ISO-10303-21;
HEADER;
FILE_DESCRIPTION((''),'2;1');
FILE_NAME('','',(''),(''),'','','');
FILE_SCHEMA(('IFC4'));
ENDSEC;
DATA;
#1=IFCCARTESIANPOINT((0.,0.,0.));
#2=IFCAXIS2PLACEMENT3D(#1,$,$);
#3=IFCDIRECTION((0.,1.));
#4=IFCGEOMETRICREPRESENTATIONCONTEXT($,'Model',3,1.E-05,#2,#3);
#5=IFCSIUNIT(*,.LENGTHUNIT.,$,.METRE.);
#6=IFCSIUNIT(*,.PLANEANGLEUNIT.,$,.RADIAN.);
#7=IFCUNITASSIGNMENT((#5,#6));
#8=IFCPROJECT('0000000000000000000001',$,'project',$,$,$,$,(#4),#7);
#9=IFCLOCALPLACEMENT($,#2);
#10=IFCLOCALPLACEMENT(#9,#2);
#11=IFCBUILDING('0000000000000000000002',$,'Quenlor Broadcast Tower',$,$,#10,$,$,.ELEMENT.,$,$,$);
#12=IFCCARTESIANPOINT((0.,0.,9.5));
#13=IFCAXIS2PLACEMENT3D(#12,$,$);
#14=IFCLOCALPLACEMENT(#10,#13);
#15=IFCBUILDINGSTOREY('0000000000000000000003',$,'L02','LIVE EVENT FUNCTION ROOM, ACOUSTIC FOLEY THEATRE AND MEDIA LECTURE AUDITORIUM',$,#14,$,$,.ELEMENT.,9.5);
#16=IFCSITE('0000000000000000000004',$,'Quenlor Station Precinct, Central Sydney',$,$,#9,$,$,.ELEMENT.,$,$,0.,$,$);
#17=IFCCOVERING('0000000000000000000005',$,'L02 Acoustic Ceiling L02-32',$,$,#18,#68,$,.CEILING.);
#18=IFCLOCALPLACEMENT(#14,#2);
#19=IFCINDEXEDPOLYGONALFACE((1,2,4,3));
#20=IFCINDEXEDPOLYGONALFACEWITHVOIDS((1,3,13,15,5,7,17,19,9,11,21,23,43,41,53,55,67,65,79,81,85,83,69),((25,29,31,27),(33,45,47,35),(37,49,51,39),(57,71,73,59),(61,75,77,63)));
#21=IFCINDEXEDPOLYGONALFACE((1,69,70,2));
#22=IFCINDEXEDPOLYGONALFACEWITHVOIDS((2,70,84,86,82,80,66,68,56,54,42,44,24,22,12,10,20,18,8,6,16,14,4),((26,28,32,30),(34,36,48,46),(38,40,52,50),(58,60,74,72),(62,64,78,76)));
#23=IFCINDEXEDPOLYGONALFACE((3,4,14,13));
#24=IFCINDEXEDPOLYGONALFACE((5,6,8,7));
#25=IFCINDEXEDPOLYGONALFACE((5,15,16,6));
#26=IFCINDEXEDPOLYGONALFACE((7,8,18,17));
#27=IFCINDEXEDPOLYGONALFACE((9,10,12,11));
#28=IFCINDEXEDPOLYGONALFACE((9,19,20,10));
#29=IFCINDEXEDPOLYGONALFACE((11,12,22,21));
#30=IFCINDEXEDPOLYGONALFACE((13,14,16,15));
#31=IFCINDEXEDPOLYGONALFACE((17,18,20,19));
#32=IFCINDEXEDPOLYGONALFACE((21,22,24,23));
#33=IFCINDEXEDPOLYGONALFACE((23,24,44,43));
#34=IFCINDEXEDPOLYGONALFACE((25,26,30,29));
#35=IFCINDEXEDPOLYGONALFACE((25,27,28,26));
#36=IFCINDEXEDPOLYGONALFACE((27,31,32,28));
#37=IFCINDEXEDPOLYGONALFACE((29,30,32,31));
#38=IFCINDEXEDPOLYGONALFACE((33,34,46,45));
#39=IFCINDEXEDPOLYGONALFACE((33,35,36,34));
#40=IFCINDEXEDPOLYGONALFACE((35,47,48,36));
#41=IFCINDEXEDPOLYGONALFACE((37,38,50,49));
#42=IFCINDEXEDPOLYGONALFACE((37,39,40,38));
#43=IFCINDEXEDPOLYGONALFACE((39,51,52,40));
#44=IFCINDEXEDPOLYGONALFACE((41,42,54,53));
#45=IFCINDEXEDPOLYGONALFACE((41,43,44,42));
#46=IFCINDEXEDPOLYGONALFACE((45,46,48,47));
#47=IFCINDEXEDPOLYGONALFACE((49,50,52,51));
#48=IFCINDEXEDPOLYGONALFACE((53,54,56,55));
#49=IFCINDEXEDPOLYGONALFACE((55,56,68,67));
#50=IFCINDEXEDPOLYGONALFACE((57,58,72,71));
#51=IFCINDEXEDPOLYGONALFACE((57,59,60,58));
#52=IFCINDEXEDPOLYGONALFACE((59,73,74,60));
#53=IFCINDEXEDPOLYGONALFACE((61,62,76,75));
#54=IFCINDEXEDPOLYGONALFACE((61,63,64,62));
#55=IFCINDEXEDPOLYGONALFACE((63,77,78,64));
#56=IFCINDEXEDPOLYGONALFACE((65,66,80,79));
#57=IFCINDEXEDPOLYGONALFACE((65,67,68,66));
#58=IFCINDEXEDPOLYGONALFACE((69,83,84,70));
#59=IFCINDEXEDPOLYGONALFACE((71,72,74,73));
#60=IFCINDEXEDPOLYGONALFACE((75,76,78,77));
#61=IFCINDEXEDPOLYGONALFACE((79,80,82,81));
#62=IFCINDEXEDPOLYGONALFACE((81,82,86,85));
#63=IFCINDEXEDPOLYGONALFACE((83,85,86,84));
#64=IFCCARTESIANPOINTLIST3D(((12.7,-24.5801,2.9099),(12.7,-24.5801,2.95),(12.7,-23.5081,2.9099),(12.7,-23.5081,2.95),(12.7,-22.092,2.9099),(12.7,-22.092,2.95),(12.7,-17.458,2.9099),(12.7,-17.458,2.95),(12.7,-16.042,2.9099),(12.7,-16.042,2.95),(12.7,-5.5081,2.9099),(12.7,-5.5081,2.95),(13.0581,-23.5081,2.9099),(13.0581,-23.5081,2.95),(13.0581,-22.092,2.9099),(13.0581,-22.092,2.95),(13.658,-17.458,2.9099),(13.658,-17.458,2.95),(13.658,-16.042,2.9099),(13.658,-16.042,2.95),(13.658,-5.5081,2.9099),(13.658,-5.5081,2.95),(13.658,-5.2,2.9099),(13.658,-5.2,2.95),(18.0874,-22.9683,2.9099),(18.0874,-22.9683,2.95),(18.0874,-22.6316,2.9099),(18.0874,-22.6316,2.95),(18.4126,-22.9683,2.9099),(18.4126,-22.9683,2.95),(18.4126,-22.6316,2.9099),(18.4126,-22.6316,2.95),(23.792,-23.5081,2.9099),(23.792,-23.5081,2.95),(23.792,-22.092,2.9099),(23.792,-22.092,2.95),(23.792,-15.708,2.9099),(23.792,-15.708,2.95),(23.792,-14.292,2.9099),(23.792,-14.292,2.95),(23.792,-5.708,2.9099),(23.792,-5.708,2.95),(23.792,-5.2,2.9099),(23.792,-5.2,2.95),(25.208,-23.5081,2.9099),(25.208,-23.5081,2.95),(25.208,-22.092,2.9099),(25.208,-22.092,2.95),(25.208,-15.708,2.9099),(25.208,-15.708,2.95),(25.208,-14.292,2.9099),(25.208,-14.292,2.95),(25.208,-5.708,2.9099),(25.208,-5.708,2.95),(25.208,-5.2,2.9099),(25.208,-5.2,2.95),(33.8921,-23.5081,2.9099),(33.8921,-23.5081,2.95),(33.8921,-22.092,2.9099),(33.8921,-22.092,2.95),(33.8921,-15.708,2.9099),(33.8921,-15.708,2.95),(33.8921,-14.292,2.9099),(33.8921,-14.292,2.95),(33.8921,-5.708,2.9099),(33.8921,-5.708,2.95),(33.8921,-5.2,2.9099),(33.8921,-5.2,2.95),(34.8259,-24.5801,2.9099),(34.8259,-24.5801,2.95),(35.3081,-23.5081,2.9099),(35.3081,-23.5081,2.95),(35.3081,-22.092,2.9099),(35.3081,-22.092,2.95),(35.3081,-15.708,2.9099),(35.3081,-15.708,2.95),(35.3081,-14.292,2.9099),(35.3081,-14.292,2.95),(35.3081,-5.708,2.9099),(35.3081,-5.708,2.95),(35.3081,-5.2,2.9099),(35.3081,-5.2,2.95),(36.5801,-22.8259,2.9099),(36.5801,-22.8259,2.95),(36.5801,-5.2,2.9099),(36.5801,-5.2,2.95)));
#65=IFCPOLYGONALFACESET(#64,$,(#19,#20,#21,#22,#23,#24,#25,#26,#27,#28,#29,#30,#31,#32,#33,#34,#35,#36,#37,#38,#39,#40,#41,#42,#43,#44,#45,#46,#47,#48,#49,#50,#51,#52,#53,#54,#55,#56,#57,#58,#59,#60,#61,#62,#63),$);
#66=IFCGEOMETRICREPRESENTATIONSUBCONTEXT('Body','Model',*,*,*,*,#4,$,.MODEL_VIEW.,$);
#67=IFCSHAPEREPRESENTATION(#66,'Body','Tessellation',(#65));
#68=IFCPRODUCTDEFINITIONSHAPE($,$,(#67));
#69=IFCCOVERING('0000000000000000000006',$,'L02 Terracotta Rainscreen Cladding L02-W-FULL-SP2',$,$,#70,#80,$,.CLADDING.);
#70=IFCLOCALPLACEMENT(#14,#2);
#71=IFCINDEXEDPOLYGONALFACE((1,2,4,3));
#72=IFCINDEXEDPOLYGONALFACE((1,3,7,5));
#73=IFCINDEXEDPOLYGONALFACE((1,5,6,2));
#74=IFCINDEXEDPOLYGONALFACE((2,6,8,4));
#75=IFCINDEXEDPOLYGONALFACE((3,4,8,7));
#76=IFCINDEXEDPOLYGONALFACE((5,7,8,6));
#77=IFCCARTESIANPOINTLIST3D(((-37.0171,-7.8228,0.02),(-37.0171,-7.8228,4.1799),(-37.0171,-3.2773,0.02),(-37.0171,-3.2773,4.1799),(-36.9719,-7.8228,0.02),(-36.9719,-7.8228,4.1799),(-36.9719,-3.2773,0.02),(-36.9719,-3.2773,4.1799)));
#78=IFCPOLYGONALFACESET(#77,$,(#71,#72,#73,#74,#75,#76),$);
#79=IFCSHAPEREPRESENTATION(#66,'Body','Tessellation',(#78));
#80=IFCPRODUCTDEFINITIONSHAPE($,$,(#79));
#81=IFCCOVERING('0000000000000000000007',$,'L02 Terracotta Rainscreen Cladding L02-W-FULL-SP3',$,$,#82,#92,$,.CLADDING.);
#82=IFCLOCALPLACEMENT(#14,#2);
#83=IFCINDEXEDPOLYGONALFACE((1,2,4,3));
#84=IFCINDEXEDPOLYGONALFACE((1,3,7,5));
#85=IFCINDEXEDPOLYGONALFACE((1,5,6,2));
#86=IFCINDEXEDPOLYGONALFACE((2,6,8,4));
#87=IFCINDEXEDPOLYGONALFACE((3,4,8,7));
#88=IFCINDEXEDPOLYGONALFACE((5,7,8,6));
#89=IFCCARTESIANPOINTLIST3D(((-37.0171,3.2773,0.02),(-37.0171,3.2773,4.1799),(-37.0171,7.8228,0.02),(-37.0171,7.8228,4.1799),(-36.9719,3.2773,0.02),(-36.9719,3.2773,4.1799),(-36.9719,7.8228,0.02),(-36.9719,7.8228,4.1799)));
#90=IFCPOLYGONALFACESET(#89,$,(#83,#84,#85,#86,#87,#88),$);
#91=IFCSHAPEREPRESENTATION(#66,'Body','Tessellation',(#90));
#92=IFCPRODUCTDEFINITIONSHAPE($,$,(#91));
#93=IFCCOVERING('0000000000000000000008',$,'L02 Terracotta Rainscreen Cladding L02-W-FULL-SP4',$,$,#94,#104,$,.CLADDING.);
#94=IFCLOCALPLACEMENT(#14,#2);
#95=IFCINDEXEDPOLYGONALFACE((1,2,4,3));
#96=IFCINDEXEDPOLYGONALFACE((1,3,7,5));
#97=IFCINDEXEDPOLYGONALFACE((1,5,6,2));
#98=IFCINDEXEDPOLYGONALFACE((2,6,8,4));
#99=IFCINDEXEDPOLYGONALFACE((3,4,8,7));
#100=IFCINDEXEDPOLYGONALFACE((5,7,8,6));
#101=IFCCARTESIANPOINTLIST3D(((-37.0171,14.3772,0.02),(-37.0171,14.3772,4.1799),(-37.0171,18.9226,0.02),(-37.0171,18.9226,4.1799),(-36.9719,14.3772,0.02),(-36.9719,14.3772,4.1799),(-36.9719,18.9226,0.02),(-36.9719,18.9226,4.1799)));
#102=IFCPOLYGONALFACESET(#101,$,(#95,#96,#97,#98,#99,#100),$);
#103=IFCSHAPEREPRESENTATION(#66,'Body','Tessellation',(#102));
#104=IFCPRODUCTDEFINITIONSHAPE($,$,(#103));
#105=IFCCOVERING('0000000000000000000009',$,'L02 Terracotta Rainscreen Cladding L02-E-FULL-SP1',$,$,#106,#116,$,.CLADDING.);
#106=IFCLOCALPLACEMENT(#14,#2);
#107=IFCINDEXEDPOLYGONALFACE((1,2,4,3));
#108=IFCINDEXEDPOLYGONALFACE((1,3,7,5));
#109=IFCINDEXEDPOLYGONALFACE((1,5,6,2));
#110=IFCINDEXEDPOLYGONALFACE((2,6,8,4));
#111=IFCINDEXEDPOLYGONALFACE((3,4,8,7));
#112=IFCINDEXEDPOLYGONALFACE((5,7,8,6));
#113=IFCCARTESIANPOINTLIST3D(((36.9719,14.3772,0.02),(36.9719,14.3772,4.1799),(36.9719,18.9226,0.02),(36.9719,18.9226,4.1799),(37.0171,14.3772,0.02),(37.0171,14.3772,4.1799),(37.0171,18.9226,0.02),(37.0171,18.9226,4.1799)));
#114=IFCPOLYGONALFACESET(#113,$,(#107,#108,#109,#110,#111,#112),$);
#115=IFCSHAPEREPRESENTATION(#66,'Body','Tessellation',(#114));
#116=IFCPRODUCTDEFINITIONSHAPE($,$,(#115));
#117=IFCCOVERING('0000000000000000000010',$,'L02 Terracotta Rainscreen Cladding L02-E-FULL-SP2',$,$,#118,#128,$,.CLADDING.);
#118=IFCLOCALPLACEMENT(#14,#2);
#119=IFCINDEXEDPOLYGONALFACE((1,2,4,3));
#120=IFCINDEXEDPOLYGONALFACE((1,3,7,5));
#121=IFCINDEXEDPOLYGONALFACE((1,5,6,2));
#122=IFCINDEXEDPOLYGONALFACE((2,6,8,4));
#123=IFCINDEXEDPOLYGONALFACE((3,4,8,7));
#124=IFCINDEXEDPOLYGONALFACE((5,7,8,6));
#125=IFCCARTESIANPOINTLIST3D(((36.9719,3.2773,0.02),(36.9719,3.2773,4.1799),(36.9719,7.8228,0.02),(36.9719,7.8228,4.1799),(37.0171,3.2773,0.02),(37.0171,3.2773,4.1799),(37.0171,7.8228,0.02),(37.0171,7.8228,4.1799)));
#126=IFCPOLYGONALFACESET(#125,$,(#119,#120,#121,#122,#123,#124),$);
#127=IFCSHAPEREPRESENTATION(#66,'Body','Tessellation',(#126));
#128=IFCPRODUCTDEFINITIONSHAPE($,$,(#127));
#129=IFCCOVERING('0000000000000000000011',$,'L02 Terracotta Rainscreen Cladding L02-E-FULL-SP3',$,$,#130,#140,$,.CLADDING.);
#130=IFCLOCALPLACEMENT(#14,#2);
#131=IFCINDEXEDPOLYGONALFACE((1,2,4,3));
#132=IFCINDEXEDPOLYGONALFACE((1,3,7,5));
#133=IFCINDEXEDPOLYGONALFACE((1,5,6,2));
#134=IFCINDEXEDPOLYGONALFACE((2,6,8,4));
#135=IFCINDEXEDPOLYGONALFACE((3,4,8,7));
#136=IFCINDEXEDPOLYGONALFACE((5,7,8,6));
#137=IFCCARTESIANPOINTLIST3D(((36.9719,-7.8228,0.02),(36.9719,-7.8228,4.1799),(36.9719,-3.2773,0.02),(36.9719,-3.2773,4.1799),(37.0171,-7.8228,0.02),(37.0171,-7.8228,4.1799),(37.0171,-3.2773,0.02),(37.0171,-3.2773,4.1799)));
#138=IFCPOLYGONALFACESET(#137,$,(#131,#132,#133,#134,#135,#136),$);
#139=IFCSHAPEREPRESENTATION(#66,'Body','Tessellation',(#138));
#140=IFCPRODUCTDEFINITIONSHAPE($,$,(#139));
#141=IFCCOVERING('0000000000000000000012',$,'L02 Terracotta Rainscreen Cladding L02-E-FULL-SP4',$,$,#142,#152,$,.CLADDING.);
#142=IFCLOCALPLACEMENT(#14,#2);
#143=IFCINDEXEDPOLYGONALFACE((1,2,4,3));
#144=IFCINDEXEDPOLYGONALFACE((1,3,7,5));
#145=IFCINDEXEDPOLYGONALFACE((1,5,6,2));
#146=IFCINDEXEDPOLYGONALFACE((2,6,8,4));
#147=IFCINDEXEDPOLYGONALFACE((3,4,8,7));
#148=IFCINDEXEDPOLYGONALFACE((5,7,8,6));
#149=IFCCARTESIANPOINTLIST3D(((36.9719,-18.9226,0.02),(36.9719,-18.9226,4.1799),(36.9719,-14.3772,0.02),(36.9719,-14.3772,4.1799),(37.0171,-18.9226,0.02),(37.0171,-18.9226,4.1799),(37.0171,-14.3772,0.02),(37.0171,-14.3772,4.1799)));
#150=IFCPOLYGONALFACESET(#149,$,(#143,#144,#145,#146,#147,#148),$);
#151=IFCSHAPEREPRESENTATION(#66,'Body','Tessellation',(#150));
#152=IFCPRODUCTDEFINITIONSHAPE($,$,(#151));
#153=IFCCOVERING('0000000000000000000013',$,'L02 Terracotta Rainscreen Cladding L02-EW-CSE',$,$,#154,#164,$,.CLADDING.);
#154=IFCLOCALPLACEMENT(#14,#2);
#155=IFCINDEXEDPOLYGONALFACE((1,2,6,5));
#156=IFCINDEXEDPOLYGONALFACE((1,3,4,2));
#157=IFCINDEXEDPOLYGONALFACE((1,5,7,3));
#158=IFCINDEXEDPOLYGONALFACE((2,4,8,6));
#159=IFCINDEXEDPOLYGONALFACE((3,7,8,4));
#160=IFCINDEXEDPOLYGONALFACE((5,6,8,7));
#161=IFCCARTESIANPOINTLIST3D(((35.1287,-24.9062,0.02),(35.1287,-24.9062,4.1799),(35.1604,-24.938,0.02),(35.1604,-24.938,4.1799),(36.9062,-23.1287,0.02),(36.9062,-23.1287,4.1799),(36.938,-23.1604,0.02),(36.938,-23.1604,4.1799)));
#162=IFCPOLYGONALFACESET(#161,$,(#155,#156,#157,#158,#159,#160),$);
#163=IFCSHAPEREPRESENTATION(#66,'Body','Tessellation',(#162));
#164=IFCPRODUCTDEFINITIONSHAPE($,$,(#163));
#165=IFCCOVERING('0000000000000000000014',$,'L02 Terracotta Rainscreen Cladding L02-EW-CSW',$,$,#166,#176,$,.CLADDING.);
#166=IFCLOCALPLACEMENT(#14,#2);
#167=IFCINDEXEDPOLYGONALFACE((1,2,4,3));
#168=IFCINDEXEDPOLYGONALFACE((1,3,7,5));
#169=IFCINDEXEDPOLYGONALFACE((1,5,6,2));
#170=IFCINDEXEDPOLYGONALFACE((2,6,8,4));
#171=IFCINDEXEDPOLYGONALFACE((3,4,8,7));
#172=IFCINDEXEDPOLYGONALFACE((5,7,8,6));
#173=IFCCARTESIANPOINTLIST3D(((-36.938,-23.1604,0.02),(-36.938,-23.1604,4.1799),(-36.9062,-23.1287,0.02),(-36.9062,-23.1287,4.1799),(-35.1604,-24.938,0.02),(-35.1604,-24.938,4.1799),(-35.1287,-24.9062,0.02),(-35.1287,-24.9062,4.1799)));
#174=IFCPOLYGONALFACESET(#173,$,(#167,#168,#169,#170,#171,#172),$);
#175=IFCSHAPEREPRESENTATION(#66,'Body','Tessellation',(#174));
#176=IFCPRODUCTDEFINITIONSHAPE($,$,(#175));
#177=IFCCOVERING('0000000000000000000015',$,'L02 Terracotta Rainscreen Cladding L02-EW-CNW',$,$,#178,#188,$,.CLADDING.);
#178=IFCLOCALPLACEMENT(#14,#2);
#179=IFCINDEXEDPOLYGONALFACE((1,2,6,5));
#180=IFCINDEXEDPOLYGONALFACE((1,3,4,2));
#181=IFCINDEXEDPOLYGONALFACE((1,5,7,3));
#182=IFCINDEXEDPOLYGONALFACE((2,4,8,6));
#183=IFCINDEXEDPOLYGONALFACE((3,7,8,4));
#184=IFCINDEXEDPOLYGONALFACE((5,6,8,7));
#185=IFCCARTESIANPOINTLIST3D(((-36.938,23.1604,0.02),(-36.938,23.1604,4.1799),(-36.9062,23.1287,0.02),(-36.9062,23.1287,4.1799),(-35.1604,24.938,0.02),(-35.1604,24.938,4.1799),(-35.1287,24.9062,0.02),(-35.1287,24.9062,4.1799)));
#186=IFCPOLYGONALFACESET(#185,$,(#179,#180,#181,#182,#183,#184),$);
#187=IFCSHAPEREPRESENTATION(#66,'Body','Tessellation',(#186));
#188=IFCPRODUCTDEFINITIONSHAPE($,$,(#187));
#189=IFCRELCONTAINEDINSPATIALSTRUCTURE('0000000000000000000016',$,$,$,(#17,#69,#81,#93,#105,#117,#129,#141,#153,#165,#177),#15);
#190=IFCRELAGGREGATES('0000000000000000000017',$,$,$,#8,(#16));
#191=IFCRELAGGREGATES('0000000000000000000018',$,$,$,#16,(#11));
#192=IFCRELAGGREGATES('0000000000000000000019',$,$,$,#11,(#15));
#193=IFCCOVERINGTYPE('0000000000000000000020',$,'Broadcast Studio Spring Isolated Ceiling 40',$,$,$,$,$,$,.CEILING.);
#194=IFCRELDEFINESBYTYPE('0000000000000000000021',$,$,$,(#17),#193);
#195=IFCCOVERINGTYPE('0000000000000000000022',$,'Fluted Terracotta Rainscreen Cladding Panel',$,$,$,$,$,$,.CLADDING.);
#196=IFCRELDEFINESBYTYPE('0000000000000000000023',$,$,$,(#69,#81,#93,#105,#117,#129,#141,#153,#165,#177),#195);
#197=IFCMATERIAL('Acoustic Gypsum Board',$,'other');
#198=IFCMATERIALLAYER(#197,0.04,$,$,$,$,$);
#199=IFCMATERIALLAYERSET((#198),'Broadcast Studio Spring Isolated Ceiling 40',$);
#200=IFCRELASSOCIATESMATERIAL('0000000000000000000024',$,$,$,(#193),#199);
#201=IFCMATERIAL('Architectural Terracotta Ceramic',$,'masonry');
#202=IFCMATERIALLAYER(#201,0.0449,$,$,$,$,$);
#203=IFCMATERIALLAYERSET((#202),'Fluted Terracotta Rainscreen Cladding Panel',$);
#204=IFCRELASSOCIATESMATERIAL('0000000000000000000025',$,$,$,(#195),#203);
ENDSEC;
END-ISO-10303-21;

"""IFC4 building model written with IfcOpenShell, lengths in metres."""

from ifc_helpers import new_model, si_unit, direction, frame, origin, place, context, subcontext, project, spatial, polyline, outline, extrude, material, layer, layer_set, type_object, element, save


model = new_model("IFC4")

# Units and contexts
model_context = context("Model", 3, precision=1e-05, world=origin(), true_north=direction((0.0, 1.0)))
body_context = subcontext(model_context, "Body", "Model", "MODEL_VIEW")
ifc_project = project(units=[si_unit("LENGTHUNIT", "METRE"), si_unit("PLANEANGLEUNIT", "RADIAN")], contexts=[model_context])

# Site, building, storey
site_placement = place(None, origin())
site = spatial("IfcSite", under=ifc_project, at=site_placement, Name="Quenlor Station Precinct, Central Sydney", CompositionType="ELEMENT", RefElevation=0.0)
building_placement = place(site_placement, origin())
building = spatial("IfcBuilding", under=site, at=building_placement, Name="Quenlor Broadcast Tower", CompositionType="ELEMENT")
storey_placement = place(building_placement, frame((0.0, 0.0, 9.5)))
storey = spatial("IfcBuildingStorey", under=building, at=storey_placement, Name="L02", Description="LIVE EVENT FUNCTION ROOM, ACOUSTIC FOLEY THEATRE AND MEDIA LECTURE AUDITORIUM", CompositionType="ELEMENT", Elevation=9.5)

# Coverings
ifc_material_1 = material(Name="Acoustic Gypsum Board", Category="other")
ifc_layer_1 = layer(ifc_material_1, 0.04)
ifc_layer_set_1 = layer_set([ifc_layer_1], Name="Broadcast Studio Spring Isolated Ceiling 40")
covering_type_1 = type_object("IfcCoveringType", Name="Broadcast Studio Spring Isolated Ceiling 40", PredefinedType="CEILING", material=ifc_layer_set_1)
covering_1_placement = place(storey_placement, frame((0.0, 0.0, 2.9099)))
element("IfcCovering", 1, at=covering_1_placement, inside=storey, type_object=covering_type_1, Name="L02 Acoustic Ceiling L02-32", PredefinedType="CEILING", context=body_context, shape_type="SweptSolid", body=[
    extrude(outline(polyline([(12.7, -24.5801), (12.7, -23.5081), (13.0581, -23.5081), (13.0581, -22.092), (12.7, -22.092), (12.7, -17.458), (13.658, -17.458), (13.658, -16.042), (12.7, -16.042), (12.7, -5.5081), (13.658, -5.5081), (13.658, -5.2), (23.792, -5.2), (23.792, -5.708), (25.208, -5.708), (25.208, -5.2), (33.8921, -5.2), (33.8921, -5.708), (35.3081, -5.708), (35.3081, -5.2), (36.5801, -5.2), (36.5801, -22.8259), (34.8259, -24.5801), (12.7, -24.5801)]), holes=[polyline([(35.3081, -23.5081), (35.3081, -22.092), (33.8921, -22.092), (33.8921, -23.5081), (35.3081, -23.5081)]), polyline([(18.4126, -22.9683), (18.4126, -22.6316), (18.0874, -22.6316), (18.0874, -22.9683), (18.4126, -22.9683)]), polyline([(25.208, -23.5081), (25.208, -22.092), (23.792, -22.092), (23.792, -23.5081), (25.208, -23.5081)]), polyline([(35.3081, -15.708), (35.3081, -14.292), (33.8921, -14.292), (33.8921, -15.708), (35.3081, -15.708)]), polyline([(25.208, -15.708), (25.208, -14.292), (23.792, -14.292), (23.792, -15.708), (25.208, -15.708)])]), origin(), (0.0, 0.0, 1.0), 0.04),
])
ifc_material_2 = material(Name="Architectural Terracotta Ceramic", Category="masonry")
ifc_layer_2 = layer(ifc_material_2, 0.0449)
ifc_layer_set_2 = layer_set([ifc_layer_2], Name="Fluted Terracotta Rainscreen Cladding Panel")
covering_type_2 = type_object("IfcCoveringType", Name="Fluted Terracotta Rainscreen Cladding Panel", PredefinedType="CLADDING", material=ifc_layer_set_2)
covering_2_placement = place(storey_placement, frame((0.0, 0.0, 0.02)))
element("IfcCovering", 2, at=covering_2_placement, inside=storey, type_object=covering_type_2, Name="L02 Terracotta Rainscreen Cladding L02-W-FULL-SP2", PredefinedType="CLADDING", context=body_context, shape_type="SweptSolid", body=[
    extrude(outline(polyline([(-36.9719, -7.8228), (-36.9719, -3.2773), (-37.0171, -3.2773), (-37.0171, -7.8228), (-36.9719, -7.8228)])), origin(), (0.0, 0.0, 1.0), 4.1599),
])
covering_3_placement = place(storey_placement, frame((0.0, 0.0, 0.02)))
element("IfcCovering", 3, at=covering_3_placement, inside=storey, type_object=covering_type_2, Name="L02 Terracotta Rainscreen Cladding L02-W-FULL-SP3", PredefinedType="CLADDING", context=body_context, shape_type="SweptSolid", body=[
    extrude(outline(polyline([(-36.9719, 3.2773), (-36.9719, 7.8228), (-37.0171, 7.8228), (-37.0171, 3.2773), (-36.9719, 3.2773)])), origin(), (0.0, 0.0, 1.0), 4.1599),
])
covering_4_placement = place(storey_placement, frame((0.0, 0.0, 0.02)))
element("IfcCovering", 4, at=covering_4_placement, inside=storey, type_object=covering_type_2, Name="L02 Terracotta Rainscreen Cladding L02-W-FULL-SP4", PredefinedType="CLADDING", context=body_context, shape_type="SweptSolid", body=[
    extrude(outline(polyline([(-36.9719, 14.3772), (-36.9719, 18.9226), (-37.0171, 18.9226), (-37.0171, 14.3772), (-36.9719, 14.3772)])), origin(), (0.0, 0.0, 1.0), 4.1599),
])
covering_5_placement = place(storey_placement, frame((0.0, 0.0, 0.02)))
element("IfcCovering", 5, at=covering_5_placement, inside=storey, type_object=covering_type_2, Name="L02 Terracotta Rainscreen Cladding L02-E-FULL-SP1", PredefinedType="CLADDING", context=body_context, shape_type="SweptSolid", body=[
    extrude(outline(polyline([(36.9719, 18.9226), (36.9719, 14.3772), (37.0171, 14.3772), (37.0171, 18.9226), (36.9719, 18.9226)])), origin(), (0.0, 0.0, 1.0), 4.1599),
])
covering_6_placement = place(storey_placement, frame((0.0, 0.0, 0.02)))
element("IfcCovering", 6, at=covering_6_placement, inside=storey, type_object=covering_type_2, Name="L02 Terracotta Rainscreen Cladding L02-E-FULL-SP2", PredefinedType="CLADDING", context=body_context, shape_type="SweptSolid", body=[
    extrude(outline(polyline([(36.9719, 7.8228), (36.9719, 3.2773), (37.0171, 3.2773), (37.0171, 7.8228), (36.9719, 7.8228)])), origin(), (0.0, 0.0, 1.0), 4.1599),
])
covering_7_placement = place(storey_placement, frame((0.0, 0.0, 0.02)))
element("IfcCovering", 7, at=covering_7_placement, inside=storey, type_object=covering_type_2, Name="L02 Terracotta Rainscreen Cladding L02-E-FULL-SP3", PredefinedType="CLADDING", context=body_context, shape_type="SweptSolid", body=[
    extrude(outline(polyline([(36.9719, -3.2773), (36.9719, -7.8228), (37.0171, -7.8228), (37.0171, -3.2773), (36.9719, -3.2773)])), origin(), (0.0, 0.0, 1.0), 4.1599),
])
covering_8_placement = place(storey_placement, frame((0.0, 0.0, 0.02)))
element("IfcCovering", 8, at=covering_8_placement, inside=storey, type_object=covering_type_2, Name="L02 Terracotta Rainscreen Cladding L02-E-FULL-SP4", PredefinedType="CLADDING", context=body_context, shape_type="SweptSolid", body=[
    extrude(outline(polyline([(36.9719, -14.3772), (36.9719, -18.9226), (37.0171, -18.9226), (37.0171, -14.3772), (36.9719, -14.3772)])), origin(), (0.0, 0.0, 1.0), 4.1599),
])
covering_9_placement = place(storey_placement, frame((0.0, 0.0, 0.02)))
element("IfcCovering", 9, at=covering_9_placement, inside=storey, type_object=covering_type_2, Name="L02 Terracotta Rainscreen Cladding L02-EW-CSE", PredefinedType="CLADDING", context=body_context, shape_type="SweptSolid", body=[
    extrude(outline(polyline([(36.9062, -23.1287), (35.1287, -24.9062), (35.1604, -24.938), (36.938, -23.1604), (36.9062, -23.1287)])), origin(), (0.0, 0.0, 1.0), 4.1599),
])
covering_10_placement = place(storey_placement, frame((0.0, 0.0, 0.02)))
element("IfcCovering", 10, at=covering_10_placement, inside=storey, type_object=covering_type_2, Name="L02 Terracotta Rainscreen Cladding L02-EW-CSW", PredefinedType="CLADDING", context=body_context, shape_type="SweptSolid", body=[
    extrude(outline(polyline([(-35.1287, -24.9062), (-36.9062, -23.1287), (-36.938, -23.1604), (-35.1604, -24.938), (-35.1287, -24.9062)])), origin(), (0.0, 0.0, 1.0), 4.1599),
])
covering_11_placement = place(storey_placement, frame((0.0, 0.0, 0.02)))
element("IfcCovering", 11, at=covering_11_placement, inside=storey, type_object=covering_type_2, Name="L02 Terracotta Rainscreen Cladding L02-EW-CNW", PredefinedType="CLADDING", context=body_context, shape_type="SweptSolid", body=[
    extrude(outline(polyline([(-36.9062, 23.1287), (-35.1287, 24.9062), (-35.1604, 24.938), (-36.938, 23.1604), (-36.9062, 23.1287)])), origin(), (0.0, 0.0, 1.0), 4.1599),
])

save(model, "model.ifc")
